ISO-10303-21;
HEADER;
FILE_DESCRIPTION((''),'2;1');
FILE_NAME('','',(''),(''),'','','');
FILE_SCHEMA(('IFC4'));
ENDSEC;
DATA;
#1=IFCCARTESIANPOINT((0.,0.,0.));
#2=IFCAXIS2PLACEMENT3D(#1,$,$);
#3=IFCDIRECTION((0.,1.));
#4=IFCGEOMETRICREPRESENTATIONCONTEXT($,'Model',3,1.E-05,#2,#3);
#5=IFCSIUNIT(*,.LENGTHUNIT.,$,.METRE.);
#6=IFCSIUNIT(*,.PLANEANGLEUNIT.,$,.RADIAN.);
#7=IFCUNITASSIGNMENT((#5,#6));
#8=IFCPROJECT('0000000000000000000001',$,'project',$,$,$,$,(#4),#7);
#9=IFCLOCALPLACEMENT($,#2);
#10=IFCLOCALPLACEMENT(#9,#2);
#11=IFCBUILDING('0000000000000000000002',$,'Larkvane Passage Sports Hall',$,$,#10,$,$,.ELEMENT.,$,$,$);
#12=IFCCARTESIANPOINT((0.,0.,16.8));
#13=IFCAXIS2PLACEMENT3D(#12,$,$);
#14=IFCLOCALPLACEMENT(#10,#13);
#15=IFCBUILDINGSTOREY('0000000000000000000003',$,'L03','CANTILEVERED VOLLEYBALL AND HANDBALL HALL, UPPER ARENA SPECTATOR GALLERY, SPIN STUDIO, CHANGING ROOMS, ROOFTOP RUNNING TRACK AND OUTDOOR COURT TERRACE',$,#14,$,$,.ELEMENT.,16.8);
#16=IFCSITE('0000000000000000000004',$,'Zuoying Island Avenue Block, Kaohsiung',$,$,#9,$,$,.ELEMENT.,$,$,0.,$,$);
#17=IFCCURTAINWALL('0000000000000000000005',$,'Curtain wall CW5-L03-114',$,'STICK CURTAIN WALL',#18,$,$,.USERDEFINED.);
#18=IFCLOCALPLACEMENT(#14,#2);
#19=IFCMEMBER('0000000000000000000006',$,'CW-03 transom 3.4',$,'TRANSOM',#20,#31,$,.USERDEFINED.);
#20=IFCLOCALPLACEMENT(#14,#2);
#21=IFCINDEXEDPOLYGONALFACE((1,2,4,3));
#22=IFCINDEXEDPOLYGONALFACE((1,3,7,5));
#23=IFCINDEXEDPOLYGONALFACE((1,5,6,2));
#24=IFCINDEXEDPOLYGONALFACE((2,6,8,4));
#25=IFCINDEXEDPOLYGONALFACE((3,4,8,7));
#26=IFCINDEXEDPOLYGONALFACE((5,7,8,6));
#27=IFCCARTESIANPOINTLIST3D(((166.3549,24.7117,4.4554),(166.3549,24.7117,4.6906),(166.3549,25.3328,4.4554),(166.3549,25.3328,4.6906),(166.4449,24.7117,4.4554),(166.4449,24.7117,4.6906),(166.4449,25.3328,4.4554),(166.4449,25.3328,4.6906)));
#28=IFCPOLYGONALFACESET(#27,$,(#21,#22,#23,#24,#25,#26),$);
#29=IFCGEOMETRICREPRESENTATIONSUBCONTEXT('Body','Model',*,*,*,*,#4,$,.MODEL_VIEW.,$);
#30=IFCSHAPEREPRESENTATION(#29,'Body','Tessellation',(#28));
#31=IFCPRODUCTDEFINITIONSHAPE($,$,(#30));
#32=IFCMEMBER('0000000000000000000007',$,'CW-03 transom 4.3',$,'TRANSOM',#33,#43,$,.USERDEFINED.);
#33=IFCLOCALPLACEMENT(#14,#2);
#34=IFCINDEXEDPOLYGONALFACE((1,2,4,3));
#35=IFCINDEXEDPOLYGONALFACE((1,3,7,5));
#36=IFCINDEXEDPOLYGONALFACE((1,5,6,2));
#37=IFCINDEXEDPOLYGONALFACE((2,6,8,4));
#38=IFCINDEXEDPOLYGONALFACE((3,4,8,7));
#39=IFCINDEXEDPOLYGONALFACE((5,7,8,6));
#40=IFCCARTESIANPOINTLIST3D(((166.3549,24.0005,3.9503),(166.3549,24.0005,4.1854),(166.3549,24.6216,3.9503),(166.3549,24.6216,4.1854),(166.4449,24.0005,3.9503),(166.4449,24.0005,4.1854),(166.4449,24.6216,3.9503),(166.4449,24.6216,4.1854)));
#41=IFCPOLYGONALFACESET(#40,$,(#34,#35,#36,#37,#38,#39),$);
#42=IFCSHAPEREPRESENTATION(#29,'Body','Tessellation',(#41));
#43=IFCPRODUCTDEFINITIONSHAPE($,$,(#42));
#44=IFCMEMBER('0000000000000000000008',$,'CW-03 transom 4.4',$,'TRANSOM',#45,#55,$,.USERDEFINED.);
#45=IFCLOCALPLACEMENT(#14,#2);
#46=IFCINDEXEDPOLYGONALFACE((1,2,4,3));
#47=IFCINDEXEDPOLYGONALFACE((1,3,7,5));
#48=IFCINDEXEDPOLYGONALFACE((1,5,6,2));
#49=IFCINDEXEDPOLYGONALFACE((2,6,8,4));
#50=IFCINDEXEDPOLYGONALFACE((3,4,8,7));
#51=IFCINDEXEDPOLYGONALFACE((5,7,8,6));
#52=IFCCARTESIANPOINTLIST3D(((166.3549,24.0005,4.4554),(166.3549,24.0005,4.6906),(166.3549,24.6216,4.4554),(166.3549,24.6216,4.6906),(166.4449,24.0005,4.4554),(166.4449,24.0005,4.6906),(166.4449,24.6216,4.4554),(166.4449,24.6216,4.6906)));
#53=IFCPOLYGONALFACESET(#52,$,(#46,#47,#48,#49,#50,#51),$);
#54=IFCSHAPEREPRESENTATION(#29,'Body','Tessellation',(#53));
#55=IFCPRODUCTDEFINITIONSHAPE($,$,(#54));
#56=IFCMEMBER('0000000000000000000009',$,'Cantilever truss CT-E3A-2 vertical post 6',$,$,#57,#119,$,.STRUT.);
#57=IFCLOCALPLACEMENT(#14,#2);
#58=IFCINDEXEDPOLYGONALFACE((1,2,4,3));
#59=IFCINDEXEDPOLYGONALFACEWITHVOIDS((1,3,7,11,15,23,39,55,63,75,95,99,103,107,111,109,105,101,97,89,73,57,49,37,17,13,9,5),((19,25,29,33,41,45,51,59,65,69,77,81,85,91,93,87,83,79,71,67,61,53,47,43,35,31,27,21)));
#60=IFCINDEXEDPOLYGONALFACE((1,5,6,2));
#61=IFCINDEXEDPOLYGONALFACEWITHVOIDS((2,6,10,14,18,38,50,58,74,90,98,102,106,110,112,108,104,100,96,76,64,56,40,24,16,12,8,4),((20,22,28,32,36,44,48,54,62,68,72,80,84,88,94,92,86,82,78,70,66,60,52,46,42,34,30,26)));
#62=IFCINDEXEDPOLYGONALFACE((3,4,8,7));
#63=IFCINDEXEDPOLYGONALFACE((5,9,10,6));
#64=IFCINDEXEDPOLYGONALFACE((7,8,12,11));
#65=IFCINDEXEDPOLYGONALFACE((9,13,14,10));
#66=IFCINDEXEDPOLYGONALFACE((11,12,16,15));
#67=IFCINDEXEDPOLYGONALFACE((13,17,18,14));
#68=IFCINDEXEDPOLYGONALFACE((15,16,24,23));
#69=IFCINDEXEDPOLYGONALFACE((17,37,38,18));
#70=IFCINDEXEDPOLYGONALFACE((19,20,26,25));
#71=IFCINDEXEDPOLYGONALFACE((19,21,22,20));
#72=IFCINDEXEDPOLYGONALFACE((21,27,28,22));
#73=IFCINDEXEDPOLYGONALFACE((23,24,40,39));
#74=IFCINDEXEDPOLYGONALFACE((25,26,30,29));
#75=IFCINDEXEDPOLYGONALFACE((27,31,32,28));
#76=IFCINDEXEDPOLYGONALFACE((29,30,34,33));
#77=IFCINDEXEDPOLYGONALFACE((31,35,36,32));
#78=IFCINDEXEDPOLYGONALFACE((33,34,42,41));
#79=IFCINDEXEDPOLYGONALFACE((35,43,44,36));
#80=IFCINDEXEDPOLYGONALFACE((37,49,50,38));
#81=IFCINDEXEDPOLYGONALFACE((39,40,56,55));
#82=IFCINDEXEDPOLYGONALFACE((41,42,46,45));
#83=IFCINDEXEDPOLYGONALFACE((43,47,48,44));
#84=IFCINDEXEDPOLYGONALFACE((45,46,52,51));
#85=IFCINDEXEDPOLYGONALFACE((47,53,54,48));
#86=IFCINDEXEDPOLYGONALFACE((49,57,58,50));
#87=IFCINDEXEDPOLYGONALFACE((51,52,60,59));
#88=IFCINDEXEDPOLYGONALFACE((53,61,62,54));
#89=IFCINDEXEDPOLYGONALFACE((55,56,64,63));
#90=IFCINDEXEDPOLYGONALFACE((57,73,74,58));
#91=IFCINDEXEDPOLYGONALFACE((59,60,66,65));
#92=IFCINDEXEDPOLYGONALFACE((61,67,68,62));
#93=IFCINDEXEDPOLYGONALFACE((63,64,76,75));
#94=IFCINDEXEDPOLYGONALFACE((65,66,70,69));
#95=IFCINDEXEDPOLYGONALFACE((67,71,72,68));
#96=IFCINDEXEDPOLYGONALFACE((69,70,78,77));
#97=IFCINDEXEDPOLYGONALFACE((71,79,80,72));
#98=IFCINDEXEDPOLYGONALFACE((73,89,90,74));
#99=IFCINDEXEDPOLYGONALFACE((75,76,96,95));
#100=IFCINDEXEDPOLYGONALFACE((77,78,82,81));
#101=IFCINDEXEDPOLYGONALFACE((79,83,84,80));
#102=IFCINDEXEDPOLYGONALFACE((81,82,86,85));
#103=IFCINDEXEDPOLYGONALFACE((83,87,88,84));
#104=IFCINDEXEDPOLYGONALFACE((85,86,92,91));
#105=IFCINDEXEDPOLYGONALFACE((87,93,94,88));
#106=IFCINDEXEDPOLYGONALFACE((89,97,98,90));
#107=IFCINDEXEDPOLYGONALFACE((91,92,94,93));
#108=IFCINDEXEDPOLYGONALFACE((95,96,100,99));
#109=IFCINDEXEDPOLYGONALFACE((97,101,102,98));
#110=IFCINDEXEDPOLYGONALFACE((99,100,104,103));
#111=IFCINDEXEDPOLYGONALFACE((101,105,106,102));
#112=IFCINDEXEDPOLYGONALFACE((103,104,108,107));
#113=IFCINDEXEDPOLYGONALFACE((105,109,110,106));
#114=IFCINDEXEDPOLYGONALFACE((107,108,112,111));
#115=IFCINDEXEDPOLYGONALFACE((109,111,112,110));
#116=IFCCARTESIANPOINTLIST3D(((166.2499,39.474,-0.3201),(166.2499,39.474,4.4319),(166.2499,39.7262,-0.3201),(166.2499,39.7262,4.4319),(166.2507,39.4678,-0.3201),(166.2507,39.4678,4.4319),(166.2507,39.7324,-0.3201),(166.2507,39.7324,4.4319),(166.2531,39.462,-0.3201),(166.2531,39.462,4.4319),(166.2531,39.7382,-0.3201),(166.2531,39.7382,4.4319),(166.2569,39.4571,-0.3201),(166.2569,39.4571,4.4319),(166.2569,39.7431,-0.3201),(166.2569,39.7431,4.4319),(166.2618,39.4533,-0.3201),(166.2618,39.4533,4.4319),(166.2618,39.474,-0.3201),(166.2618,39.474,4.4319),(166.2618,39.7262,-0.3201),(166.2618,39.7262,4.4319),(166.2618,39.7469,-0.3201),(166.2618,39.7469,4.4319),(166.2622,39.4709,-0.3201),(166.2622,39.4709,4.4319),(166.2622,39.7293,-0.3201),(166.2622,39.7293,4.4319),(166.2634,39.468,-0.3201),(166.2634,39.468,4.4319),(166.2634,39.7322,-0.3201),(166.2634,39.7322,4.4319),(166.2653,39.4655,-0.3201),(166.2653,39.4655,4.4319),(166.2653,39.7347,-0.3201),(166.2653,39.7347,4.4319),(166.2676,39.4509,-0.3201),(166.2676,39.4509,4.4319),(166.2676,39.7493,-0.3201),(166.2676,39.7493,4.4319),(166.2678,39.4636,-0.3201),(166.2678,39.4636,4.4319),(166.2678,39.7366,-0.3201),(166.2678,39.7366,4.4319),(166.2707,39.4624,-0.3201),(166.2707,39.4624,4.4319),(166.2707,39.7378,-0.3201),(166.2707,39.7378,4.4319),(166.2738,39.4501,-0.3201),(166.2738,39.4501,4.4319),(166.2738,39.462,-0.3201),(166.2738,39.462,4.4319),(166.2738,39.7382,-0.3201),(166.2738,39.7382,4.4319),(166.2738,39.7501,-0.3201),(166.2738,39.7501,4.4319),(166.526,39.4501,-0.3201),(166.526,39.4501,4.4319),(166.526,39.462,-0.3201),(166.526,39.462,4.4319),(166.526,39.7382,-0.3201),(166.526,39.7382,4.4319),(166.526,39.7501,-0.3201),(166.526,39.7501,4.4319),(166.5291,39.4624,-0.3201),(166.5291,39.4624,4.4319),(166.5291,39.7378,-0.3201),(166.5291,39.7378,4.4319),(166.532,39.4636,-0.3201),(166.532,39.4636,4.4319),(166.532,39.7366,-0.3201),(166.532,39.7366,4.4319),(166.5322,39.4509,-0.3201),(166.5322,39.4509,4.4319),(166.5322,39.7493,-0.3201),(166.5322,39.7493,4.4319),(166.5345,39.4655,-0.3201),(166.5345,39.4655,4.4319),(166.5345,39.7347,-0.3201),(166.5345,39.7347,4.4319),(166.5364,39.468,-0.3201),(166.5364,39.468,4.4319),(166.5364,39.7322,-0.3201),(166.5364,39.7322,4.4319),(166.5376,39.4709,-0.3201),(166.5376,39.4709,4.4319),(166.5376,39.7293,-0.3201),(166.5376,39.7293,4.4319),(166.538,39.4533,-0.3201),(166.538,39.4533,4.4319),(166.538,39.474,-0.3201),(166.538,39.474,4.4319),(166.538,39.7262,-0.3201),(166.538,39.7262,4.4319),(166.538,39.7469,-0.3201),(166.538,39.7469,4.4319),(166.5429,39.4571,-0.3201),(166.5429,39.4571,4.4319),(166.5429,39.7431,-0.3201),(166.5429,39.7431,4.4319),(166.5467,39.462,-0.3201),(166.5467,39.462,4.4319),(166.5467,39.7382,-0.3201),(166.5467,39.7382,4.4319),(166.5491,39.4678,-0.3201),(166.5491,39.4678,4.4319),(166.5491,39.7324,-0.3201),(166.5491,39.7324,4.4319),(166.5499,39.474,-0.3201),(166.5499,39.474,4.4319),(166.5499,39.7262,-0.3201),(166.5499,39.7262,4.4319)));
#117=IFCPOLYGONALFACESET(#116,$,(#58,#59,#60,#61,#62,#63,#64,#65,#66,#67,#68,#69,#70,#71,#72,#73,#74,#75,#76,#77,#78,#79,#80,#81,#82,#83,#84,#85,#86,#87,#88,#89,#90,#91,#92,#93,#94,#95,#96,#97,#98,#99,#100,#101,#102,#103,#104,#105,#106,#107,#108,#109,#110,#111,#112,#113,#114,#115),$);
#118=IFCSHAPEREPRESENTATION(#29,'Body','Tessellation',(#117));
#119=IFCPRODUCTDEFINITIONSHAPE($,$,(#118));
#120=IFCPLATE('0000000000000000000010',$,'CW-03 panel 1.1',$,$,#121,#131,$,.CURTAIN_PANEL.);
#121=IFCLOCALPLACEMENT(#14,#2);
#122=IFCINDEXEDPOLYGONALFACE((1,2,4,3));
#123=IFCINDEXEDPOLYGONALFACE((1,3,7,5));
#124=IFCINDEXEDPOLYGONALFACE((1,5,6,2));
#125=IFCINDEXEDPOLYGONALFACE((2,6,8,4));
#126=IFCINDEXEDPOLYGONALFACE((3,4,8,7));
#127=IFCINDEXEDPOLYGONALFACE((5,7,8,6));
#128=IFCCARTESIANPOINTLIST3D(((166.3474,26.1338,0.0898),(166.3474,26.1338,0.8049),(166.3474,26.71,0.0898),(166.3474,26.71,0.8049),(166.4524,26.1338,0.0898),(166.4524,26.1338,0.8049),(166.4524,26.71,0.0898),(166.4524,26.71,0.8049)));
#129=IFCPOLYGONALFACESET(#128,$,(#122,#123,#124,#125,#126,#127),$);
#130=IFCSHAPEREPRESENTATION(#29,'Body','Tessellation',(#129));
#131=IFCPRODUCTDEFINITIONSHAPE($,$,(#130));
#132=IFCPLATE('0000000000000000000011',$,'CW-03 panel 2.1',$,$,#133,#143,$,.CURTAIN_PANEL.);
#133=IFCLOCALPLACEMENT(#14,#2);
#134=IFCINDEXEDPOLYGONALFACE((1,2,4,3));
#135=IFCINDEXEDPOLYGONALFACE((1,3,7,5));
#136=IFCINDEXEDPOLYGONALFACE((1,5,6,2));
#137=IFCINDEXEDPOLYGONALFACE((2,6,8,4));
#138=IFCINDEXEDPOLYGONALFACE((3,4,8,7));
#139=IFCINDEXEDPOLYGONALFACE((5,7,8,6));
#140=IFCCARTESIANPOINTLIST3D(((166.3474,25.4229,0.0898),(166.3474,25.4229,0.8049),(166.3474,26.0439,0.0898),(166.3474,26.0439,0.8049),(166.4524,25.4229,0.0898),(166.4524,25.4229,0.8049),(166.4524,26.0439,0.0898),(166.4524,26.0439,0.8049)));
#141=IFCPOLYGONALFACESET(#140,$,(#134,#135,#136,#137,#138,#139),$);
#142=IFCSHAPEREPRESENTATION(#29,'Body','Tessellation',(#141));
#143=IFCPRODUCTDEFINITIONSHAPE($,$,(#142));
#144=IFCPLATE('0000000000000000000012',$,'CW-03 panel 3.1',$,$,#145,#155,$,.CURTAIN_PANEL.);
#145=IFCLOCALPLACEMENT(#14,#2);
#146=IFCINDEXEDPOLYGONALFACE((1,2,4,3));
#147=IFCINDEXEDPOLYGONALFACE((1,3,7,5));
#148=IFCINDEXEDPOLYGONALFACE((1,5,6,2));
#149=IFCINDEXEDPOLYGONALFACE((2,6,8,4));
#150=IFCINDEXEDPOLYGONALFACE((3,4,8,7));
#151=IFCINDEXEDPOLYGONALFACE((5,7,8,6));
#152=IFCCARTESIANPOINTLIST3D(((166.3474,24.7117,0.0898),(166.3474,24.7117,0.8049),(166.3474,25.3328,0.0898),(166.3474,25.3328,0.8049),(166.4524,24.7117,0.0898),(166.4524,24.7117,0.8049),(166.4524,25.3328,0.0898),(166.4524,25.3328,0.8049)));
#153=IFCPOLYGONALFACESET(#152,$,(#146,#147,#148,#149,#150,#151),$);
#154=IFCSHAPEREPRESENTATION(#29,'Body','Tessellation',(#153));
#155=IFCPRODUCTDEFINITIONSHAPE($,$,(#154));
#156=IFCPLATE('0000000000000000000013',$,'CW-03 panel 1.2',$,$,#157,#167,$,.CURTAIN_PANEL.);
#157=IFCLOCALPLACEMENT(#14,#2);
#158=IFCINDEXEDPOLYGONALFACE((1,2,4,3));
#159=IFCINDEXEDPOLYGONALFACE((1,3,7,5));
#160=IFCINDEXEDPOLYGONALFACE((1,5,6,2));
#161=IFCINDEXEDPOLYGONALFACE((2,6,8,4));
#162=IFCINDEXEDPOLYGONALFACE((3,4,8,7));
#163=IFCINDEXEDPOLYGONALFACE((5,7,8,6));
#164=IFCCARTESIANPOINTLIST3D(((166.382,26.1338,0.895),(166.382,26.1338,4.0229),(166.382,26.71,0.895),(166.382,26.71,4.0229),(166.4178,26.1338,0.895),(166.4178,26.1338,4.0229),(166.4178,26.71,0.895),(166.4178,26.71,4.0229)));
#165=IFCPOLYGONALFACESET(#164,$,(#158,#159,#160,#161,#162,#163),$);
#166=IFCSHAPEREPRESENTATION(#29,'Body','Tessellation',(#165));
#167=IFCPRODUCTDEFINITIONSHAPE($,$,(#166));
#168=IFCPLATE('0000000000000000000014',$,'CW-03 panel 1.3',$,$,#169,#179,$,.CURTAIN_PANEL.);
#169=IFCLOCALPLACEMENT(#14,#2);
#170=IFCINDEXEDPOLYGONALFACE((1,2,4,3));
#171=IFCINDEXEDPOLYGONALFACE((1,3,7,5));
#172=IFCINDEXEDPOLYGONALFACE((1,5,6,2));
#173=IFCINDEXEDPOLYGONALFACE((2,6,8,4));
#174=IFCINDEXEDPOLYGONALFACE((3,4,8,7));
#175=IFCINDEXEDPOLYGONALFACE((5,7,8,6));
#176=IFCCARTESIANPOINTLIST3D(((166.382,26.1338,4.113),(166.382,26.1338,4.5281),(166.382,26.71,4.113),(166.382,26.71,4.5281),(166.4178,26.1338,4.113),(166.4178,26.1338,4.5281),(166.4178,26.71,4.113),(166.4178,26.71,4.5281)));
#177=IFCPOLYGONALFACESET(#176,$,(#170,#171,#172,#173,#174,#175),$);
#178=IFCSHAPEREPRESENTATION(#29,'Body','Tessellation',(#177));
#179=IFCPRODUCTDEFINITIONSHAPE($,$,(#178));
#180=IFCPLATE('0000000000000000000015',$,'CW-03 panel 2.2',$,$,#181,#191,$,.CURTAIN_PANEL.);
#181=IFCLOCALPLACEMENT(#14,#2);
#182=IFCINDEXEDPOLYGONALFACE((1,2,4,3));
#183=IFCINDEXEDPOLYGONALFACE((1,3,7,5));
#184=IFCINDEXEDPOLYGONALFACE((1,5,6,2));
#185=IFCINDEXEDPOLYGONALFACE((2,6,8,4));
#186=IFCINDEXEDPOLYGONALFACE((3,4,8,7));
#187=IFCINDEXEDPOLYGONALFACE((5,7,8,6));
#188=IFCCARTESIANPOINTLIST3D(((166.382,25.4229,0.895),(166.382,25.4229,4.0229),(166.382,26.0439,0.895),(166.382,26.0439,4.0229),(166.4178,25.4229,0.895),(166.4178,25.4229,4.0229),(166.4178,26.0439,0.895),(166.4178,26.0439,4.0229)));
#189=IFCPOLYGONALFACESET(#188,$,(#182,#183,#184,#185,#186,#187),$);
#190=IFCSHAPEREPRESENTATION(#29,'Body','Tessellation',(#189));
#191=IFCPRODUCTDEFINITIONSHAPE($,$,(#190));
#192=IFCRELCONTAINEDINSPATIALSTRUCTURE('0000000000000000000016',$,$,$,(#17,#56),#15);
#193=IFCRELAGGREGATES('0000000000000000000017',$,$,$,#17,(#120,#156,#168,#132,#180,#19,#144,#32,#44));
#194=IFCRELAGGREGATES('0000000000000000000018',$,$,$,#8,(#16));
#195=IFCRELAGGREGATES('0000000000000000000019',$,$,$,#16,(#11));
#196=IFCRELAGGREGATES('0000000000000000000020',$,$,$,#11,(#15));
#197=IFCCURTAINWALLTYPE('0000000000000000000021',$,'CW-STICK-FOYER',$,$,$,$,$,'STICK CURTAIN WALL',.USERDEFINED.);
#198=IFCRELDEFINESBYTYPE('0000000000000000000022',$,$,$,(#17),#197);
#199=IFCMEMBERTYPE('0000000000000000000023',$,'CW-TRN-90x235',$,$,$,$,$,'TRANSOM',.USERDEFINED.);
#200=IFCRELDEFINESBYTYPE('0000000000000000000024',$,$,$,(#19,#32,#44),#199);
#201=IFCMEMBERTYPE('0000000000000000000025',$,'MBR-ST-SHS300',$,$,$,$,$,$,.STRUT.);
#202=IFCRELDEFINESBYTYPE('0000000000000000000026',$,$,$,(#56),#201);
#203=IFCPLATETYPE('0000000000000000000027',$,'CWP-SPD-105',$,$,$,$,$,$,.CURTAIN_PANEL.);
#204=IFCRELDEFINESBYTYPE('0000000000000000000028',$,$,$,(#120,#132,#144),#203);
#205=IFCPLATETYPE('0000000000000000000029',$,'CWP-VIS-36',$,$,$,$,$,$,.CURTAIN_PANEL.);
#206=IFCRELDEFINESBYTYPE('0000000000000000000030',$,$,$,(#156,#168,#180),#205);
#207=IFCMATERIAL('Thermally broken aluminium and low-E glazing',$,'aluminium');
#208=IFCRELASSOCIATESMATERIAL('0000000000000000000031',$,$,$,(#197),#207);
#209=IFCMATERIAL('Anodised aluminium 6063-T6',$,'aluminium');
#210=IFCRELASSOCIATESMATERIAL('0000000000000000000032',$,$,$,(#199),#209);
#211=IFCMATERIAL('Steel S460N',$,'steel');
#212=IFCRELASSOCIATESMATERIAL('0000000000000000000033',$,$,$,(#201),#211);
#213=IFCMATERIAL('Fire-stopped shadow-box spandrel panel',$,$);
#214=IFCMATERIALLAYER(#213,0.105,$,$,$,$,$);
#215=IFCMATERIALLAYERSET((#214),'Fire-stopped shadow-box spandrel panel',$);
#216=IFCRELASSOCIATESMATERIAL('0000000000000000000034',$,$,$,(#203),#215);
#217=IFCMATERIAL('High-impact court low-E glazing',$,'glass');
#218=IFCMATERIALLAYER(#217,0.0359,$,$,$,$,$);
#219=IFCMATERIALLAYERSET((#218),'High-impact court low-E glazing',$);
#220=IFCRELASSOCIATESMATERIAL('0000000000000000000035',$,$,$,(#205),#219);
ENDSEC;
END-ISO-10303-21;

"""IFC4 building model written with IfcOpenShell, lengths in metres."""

from ifc_helpers import new_model, si_unit, direction, frame, origin, origin_2d, place, context, subcontext, project, spatial, rectangle, hollow_rectangle, extrude, material, layer, layer_set, material_profile, profile_set, type_object, element, aggregate, save


model = new_model("IFC4")

# Units and contexts
model_context = context("Model", 3, precision=1e-05, world=origin(), true_north=direction((0.0, 1.0)))
body_context = subcontext(model_context, "Body", "Model", "MODEL_VIEW")
ifc_project = project(units=[si_unit("LENGTHUNIT", "METRE"), si_unit("PLANEANGLEUNIT", "RADIAN")], contexts=[model_context])

# Site, building, storey
site_placement = place(None, origin())
site = spatial("IfcSite", under=ifc_project, at=site_placement, Name="Zuoying Island Avenue Block, Kaohsiung", CompositionType="ELEMENT", RefElevation=0.0)
building_placement = place(site_placement, origin())
building = spatial("IfcBuilding", under=site, at=building_placement, Name="Larkvane Passage Sports Hall", CompositionType="ELEMENT")
storey_placement = place(building_placement, frame((0.0, 0.0, 16.8)))
storey = spatial("IfcBuildingStorey", under=building, at=storey_placement, Name="L03", Description="CANTILEVERED VOLLEYBALL AND HANDBALL HALL, UPPER ARENA SPECTATOR GALLERY, SPIN STUDIO, CHANGING ROOMS, ROOFTOP RUNNING TRACK AND OUTDOOR COURT TERRACE", CompositionType="ELEMENT", Elevation=16.8)

# Curtain wall, members
ifc_material_1 = material(Name="Thermally broken aluminium and low-E glazing", Category="aluminium")
curtain_wall_type = type_object("IfcCurtainWallType", Name="CW-STICK-FOYER", ElementType="STICK CURTAIN WALL", PredefinedType="USERDEFINED", material=ifc_material_1)
curtain_wall_placement = place(storey_placement, origin())
curtain_wall = element("IfcCurtainWall", 1, at=curtain_wall_placement, inside=storey, type_object=curtain_wall_type, Name="Curtain wall CW5-L03-114", ObjectType="STICK CURTAIN WALL", PredefinedType="USERDEFINED")
ifc_material_2 = material(Name="Anodised aluminium 6063-T6", Category="aluminium")
ifc_material_profile_1 = material_profile(ifc_material_2, rectangle(XDim=0.0901, YDim=0.2351, at=origin_2d()), Name="ALU-TRN-90x235")
ifc_profile_set_1 = profile_set([ifc_material_profile_1], Name="Anodised aluminium 6063-T6")
member_type_1 = type_object("IfcMemberType", Name="CW-TRN-90x235", ElementType="TRANSOM", PredefinedType="USERDEFINED", material=ifc_profile_set_1)
member_1_placement = place(storey_placement, frame((166.3999, 25.3328, 4.573), z_axis=(0.0, -1.0, 0.0), x_axis=(1.0, 0.0, 0.0)))
member_1 = element("IfcMember", 2, at=member_1_placement, type_object=member_type_1, Name="CW-03 transom 3.4", ObjectType="TRANSOM", PredefinedType="USERDEFINED", context=body_context, shape_type="SweptSolid", body=[
    extrude(rectangle(XDim=0.0901, YDim=0.2351, at=origin_2d()), origin(), (0.0, 0.0, 1.0), 0.6211),
])
member_2_placement = place(storey_placement, frame((166.3999, 24.6216, 4.0679), z_axis=(0.0, -1.0, 0.0), x_axis=(1.0, 0.0, 0.0)))
member_2 = element("IfcMember", 3, at=member_2_placement, type_object=member_type_1, Name="CW-03 transom 4.3", ObjectType="TRANSOM", PredefinedType="USERDEFINED", context=body_context, shape_type="SweptSolid", body=[
    extrude(rectangle(XDim=0.0901, YDim=0.2351, at=origin_2d()), origin(), (0.0, 0.0, 1.0), 0.6211),
])
member_3_placement = place(storey_placement, frame((166.3999, 24.6216, 4.573), z_axis=(0.0, -1.0, 0.0), x_axis=(1.0, 0.0, 0.0)))
member_3 = element("IfcMember", 4, at=member_3_placement, type_object=member_type_1, Name="CW-03 transom 4.4", ObjectType="TRANSOM", PredefinedType="USERDEFINED", context=body_context, shape_type="SweptSolid", body=[
    extrude(rectangle(XDim=0.0901, YDim=0.2351, at=origin_2d()), origin(), (0.0, 0.0, 1.0), 0.6211),
])

# Member
ifc_material_3 = material(Name="Steel S460N", Category="steel")
ifc_material_profile_2 = material_profile(ifc_material_3, hollow_rectangle(XDim=0.3, YDim=0.3, WallThickness=0.012, InnerFilletRadius=0.012, OuterFilletRadius=0.0239, at=origin_2d()), Name="SHS-300x300x12")
ifc_profile_set_2 = profile_set([ifc_material_profile_2], Name="Steel S460N")
member_type_2 = type_object("IfcMemberType", Name="MBR-ST-SHS300", PredefinedType="STRUT", material=ifc_profile_set_2)
member_4_placement = place(storey_placement, frame((166.3999, 39.6001, -0.3201), z_axis=(0.0, 0.0, 1.0), x_axis=(1.0, 0.0, 0.0)))
element("IfcMember", 5, at=member_4_placement, inside=storey, type_object=member_type_2, Name="Cantilever truss CT-E3A-2 vertical post 6", PredefinedType="STRUT", context=body_context, shape_type="SweptSolid", body=[
    extrude(hollow_rectangle(XDim=0.3, YDim=0.3, WallThickness=0.012, InnerFilletRadius=0.012, OuterFilletRadius=0.0239, at=origin_2d()), origin(), (0.0, 0.0, 1.0), 4.752),
])

# Plates
ifc_material_4 = material(Name="Fire-stopped shadow-box spandrel panel")
ifc_layer_1 = layer(ifc_material_4, 0.105)
ifc_layer_set_1 = layer_set([ifc_layer_1], Name="Fire-stopped shadow-box spandrel panel")
plate_type_1 = type_object("IfcPlateType", Name="CWP-SPD-105", PredefinedType="CURTAIN_PANEL", material=ifc_layer_set_1)
plate_1_placement = place(storey_placement, frame((166.3999, 26.4219, 0.0898), z_axis=(0.0, 0.0, 1.0), x_axis=(0.0, -1.0, 0.0)))
plate_1 = element("IfcPlate", 6, at=plate_1_placement, type_object=plate_type_1, Name="CW-03 panel 1.1", PredefinedType="CURTAIN_PANEL", context=body_context, shape_type="SweptSolid", body=[
    extrude(rectangle(XDim=0.5762, YDim=0.105, at=origin_2d()), origin(), (0.0, 0.0, 1.0), 0.7151),
])
plate_2_placement = place(storey_placement, frame((166.3999, 25.7334, 0.0898), z_axis=(0.0, 0.0, 1.0), x_axis=(0.0, -1.0, 0.0)))
plate_2 = element("IfcPlate", 7, at=plate_2_placement, type_object=plate_type_1, Name="CW-03 panel 2.1", PredefinedType="CURTAIN_PANEL", context=body_context, shape_type="SweptSolid", body=[
    extrude(rectangle(XDim=0.6211, YDim=0.105, at=origin_2d()), origin(), (0.0, 0.0, 1.0), 0.7151),
])
plate_3_placement = place(storey_placement, frame((166.3999, 25.0222, 0.0898), z_axis=(0.0, 0.0, 1.0), x_axis=(0.0, -1.0, 0.0)))
plate_3 = element("IfcPlate", 8, at=plate_3_placement, type_object=plate_type_1, Name="CW-03 panel 3.1", PredefinedType="CURTAIN_PANEL", context=body_context, shape_type="SweptSolid", body=[
    extrude(rectangle(XDim=0.6211, YDim=0.105, at=origin_2d()), origin(), (0.0, 0.0, 1.0), 0.7151),
])
ifc_material_5 = material(Name="High-impact court low-E glazing", Category="glass")
ifc_layer_2 = layer(ifc_material_5, 0.0359)
ifc_layer_set_2 = layer_set([ifc_layer_2], Name="High-impact court low-E glazing")
plate_type_2 = type_object("IfcPlateType", Name="CWP-VIS-36", PredefinedType="CURTAIN_PANEL", material=ifc_layer_set_2)
plate_4_placement = place(storey_placement, frame((166.3999, 26.4219, 0.895), z_axis=(0.0, 0.0, 1.0), x_axis=(0.0, -1.0, 0.0)))
plate_4 = element("IfcPlate", 9, at=plate_4_placement, type_object=plate_type_2, Name="CW-03 panel 1.2", PredefinedType="CURTAIN_PANEL", context=body_context, shape_type="SweptSolid", body=[
    extrude(rectangle(XDim=0.5762, YDim=0.0359, at=origin_2d()), origin(), (0.0, 0.0, 1.0), 3.1279),
])
plate_5_placement = place(storey_placement, frame((166.3999, 26.4219, 4.113), z_axis=(0.0, 0.0, 1.0), x_axis=(0.0, -1.0, 0.0)))
plate_5 = element("IfcPlate", 10, at=plate_5_placement, type_object=plate_type_2, Name="CW-03 panel 1.3", PredefinedType="CURTAIN_PANEL", context=body_context, shape_type="SweptSolid", body=[
    extrude(rectangle(XDim=0.5762, YDim=0.0359, at=origin_2d()), origin(), (0.0, 0.0, 1.0), 0.415),
])
plate_6_placement = place(storey_placement, frame((166.3999, 25.7334, 0.895), z_axis=(0.0, 0.0, 1.0), x_axis=(0.0, -1.0, 0.0)))
plate_6 = element("IfcPlate", 11, at=plate_6_placement, type_object=plate_type_2, Name="CW-03 panel 2.2", PredefinedType="CURTAIN_PANEL", context=body_context, shape_type="SweptSolid", body=[
    extrude(rectangle(XDim=0.6211, YDim=0.0359, at=origin_2d()), origin(), (0.0, 0.0, 1.0), 3.1279),
])
aggregate(curtain_wall, [plate_1, plate_4, plate_5, plate_2, plate_6, member_1, plate_3, member_2, member_3])

save(model, "model.ifc")
